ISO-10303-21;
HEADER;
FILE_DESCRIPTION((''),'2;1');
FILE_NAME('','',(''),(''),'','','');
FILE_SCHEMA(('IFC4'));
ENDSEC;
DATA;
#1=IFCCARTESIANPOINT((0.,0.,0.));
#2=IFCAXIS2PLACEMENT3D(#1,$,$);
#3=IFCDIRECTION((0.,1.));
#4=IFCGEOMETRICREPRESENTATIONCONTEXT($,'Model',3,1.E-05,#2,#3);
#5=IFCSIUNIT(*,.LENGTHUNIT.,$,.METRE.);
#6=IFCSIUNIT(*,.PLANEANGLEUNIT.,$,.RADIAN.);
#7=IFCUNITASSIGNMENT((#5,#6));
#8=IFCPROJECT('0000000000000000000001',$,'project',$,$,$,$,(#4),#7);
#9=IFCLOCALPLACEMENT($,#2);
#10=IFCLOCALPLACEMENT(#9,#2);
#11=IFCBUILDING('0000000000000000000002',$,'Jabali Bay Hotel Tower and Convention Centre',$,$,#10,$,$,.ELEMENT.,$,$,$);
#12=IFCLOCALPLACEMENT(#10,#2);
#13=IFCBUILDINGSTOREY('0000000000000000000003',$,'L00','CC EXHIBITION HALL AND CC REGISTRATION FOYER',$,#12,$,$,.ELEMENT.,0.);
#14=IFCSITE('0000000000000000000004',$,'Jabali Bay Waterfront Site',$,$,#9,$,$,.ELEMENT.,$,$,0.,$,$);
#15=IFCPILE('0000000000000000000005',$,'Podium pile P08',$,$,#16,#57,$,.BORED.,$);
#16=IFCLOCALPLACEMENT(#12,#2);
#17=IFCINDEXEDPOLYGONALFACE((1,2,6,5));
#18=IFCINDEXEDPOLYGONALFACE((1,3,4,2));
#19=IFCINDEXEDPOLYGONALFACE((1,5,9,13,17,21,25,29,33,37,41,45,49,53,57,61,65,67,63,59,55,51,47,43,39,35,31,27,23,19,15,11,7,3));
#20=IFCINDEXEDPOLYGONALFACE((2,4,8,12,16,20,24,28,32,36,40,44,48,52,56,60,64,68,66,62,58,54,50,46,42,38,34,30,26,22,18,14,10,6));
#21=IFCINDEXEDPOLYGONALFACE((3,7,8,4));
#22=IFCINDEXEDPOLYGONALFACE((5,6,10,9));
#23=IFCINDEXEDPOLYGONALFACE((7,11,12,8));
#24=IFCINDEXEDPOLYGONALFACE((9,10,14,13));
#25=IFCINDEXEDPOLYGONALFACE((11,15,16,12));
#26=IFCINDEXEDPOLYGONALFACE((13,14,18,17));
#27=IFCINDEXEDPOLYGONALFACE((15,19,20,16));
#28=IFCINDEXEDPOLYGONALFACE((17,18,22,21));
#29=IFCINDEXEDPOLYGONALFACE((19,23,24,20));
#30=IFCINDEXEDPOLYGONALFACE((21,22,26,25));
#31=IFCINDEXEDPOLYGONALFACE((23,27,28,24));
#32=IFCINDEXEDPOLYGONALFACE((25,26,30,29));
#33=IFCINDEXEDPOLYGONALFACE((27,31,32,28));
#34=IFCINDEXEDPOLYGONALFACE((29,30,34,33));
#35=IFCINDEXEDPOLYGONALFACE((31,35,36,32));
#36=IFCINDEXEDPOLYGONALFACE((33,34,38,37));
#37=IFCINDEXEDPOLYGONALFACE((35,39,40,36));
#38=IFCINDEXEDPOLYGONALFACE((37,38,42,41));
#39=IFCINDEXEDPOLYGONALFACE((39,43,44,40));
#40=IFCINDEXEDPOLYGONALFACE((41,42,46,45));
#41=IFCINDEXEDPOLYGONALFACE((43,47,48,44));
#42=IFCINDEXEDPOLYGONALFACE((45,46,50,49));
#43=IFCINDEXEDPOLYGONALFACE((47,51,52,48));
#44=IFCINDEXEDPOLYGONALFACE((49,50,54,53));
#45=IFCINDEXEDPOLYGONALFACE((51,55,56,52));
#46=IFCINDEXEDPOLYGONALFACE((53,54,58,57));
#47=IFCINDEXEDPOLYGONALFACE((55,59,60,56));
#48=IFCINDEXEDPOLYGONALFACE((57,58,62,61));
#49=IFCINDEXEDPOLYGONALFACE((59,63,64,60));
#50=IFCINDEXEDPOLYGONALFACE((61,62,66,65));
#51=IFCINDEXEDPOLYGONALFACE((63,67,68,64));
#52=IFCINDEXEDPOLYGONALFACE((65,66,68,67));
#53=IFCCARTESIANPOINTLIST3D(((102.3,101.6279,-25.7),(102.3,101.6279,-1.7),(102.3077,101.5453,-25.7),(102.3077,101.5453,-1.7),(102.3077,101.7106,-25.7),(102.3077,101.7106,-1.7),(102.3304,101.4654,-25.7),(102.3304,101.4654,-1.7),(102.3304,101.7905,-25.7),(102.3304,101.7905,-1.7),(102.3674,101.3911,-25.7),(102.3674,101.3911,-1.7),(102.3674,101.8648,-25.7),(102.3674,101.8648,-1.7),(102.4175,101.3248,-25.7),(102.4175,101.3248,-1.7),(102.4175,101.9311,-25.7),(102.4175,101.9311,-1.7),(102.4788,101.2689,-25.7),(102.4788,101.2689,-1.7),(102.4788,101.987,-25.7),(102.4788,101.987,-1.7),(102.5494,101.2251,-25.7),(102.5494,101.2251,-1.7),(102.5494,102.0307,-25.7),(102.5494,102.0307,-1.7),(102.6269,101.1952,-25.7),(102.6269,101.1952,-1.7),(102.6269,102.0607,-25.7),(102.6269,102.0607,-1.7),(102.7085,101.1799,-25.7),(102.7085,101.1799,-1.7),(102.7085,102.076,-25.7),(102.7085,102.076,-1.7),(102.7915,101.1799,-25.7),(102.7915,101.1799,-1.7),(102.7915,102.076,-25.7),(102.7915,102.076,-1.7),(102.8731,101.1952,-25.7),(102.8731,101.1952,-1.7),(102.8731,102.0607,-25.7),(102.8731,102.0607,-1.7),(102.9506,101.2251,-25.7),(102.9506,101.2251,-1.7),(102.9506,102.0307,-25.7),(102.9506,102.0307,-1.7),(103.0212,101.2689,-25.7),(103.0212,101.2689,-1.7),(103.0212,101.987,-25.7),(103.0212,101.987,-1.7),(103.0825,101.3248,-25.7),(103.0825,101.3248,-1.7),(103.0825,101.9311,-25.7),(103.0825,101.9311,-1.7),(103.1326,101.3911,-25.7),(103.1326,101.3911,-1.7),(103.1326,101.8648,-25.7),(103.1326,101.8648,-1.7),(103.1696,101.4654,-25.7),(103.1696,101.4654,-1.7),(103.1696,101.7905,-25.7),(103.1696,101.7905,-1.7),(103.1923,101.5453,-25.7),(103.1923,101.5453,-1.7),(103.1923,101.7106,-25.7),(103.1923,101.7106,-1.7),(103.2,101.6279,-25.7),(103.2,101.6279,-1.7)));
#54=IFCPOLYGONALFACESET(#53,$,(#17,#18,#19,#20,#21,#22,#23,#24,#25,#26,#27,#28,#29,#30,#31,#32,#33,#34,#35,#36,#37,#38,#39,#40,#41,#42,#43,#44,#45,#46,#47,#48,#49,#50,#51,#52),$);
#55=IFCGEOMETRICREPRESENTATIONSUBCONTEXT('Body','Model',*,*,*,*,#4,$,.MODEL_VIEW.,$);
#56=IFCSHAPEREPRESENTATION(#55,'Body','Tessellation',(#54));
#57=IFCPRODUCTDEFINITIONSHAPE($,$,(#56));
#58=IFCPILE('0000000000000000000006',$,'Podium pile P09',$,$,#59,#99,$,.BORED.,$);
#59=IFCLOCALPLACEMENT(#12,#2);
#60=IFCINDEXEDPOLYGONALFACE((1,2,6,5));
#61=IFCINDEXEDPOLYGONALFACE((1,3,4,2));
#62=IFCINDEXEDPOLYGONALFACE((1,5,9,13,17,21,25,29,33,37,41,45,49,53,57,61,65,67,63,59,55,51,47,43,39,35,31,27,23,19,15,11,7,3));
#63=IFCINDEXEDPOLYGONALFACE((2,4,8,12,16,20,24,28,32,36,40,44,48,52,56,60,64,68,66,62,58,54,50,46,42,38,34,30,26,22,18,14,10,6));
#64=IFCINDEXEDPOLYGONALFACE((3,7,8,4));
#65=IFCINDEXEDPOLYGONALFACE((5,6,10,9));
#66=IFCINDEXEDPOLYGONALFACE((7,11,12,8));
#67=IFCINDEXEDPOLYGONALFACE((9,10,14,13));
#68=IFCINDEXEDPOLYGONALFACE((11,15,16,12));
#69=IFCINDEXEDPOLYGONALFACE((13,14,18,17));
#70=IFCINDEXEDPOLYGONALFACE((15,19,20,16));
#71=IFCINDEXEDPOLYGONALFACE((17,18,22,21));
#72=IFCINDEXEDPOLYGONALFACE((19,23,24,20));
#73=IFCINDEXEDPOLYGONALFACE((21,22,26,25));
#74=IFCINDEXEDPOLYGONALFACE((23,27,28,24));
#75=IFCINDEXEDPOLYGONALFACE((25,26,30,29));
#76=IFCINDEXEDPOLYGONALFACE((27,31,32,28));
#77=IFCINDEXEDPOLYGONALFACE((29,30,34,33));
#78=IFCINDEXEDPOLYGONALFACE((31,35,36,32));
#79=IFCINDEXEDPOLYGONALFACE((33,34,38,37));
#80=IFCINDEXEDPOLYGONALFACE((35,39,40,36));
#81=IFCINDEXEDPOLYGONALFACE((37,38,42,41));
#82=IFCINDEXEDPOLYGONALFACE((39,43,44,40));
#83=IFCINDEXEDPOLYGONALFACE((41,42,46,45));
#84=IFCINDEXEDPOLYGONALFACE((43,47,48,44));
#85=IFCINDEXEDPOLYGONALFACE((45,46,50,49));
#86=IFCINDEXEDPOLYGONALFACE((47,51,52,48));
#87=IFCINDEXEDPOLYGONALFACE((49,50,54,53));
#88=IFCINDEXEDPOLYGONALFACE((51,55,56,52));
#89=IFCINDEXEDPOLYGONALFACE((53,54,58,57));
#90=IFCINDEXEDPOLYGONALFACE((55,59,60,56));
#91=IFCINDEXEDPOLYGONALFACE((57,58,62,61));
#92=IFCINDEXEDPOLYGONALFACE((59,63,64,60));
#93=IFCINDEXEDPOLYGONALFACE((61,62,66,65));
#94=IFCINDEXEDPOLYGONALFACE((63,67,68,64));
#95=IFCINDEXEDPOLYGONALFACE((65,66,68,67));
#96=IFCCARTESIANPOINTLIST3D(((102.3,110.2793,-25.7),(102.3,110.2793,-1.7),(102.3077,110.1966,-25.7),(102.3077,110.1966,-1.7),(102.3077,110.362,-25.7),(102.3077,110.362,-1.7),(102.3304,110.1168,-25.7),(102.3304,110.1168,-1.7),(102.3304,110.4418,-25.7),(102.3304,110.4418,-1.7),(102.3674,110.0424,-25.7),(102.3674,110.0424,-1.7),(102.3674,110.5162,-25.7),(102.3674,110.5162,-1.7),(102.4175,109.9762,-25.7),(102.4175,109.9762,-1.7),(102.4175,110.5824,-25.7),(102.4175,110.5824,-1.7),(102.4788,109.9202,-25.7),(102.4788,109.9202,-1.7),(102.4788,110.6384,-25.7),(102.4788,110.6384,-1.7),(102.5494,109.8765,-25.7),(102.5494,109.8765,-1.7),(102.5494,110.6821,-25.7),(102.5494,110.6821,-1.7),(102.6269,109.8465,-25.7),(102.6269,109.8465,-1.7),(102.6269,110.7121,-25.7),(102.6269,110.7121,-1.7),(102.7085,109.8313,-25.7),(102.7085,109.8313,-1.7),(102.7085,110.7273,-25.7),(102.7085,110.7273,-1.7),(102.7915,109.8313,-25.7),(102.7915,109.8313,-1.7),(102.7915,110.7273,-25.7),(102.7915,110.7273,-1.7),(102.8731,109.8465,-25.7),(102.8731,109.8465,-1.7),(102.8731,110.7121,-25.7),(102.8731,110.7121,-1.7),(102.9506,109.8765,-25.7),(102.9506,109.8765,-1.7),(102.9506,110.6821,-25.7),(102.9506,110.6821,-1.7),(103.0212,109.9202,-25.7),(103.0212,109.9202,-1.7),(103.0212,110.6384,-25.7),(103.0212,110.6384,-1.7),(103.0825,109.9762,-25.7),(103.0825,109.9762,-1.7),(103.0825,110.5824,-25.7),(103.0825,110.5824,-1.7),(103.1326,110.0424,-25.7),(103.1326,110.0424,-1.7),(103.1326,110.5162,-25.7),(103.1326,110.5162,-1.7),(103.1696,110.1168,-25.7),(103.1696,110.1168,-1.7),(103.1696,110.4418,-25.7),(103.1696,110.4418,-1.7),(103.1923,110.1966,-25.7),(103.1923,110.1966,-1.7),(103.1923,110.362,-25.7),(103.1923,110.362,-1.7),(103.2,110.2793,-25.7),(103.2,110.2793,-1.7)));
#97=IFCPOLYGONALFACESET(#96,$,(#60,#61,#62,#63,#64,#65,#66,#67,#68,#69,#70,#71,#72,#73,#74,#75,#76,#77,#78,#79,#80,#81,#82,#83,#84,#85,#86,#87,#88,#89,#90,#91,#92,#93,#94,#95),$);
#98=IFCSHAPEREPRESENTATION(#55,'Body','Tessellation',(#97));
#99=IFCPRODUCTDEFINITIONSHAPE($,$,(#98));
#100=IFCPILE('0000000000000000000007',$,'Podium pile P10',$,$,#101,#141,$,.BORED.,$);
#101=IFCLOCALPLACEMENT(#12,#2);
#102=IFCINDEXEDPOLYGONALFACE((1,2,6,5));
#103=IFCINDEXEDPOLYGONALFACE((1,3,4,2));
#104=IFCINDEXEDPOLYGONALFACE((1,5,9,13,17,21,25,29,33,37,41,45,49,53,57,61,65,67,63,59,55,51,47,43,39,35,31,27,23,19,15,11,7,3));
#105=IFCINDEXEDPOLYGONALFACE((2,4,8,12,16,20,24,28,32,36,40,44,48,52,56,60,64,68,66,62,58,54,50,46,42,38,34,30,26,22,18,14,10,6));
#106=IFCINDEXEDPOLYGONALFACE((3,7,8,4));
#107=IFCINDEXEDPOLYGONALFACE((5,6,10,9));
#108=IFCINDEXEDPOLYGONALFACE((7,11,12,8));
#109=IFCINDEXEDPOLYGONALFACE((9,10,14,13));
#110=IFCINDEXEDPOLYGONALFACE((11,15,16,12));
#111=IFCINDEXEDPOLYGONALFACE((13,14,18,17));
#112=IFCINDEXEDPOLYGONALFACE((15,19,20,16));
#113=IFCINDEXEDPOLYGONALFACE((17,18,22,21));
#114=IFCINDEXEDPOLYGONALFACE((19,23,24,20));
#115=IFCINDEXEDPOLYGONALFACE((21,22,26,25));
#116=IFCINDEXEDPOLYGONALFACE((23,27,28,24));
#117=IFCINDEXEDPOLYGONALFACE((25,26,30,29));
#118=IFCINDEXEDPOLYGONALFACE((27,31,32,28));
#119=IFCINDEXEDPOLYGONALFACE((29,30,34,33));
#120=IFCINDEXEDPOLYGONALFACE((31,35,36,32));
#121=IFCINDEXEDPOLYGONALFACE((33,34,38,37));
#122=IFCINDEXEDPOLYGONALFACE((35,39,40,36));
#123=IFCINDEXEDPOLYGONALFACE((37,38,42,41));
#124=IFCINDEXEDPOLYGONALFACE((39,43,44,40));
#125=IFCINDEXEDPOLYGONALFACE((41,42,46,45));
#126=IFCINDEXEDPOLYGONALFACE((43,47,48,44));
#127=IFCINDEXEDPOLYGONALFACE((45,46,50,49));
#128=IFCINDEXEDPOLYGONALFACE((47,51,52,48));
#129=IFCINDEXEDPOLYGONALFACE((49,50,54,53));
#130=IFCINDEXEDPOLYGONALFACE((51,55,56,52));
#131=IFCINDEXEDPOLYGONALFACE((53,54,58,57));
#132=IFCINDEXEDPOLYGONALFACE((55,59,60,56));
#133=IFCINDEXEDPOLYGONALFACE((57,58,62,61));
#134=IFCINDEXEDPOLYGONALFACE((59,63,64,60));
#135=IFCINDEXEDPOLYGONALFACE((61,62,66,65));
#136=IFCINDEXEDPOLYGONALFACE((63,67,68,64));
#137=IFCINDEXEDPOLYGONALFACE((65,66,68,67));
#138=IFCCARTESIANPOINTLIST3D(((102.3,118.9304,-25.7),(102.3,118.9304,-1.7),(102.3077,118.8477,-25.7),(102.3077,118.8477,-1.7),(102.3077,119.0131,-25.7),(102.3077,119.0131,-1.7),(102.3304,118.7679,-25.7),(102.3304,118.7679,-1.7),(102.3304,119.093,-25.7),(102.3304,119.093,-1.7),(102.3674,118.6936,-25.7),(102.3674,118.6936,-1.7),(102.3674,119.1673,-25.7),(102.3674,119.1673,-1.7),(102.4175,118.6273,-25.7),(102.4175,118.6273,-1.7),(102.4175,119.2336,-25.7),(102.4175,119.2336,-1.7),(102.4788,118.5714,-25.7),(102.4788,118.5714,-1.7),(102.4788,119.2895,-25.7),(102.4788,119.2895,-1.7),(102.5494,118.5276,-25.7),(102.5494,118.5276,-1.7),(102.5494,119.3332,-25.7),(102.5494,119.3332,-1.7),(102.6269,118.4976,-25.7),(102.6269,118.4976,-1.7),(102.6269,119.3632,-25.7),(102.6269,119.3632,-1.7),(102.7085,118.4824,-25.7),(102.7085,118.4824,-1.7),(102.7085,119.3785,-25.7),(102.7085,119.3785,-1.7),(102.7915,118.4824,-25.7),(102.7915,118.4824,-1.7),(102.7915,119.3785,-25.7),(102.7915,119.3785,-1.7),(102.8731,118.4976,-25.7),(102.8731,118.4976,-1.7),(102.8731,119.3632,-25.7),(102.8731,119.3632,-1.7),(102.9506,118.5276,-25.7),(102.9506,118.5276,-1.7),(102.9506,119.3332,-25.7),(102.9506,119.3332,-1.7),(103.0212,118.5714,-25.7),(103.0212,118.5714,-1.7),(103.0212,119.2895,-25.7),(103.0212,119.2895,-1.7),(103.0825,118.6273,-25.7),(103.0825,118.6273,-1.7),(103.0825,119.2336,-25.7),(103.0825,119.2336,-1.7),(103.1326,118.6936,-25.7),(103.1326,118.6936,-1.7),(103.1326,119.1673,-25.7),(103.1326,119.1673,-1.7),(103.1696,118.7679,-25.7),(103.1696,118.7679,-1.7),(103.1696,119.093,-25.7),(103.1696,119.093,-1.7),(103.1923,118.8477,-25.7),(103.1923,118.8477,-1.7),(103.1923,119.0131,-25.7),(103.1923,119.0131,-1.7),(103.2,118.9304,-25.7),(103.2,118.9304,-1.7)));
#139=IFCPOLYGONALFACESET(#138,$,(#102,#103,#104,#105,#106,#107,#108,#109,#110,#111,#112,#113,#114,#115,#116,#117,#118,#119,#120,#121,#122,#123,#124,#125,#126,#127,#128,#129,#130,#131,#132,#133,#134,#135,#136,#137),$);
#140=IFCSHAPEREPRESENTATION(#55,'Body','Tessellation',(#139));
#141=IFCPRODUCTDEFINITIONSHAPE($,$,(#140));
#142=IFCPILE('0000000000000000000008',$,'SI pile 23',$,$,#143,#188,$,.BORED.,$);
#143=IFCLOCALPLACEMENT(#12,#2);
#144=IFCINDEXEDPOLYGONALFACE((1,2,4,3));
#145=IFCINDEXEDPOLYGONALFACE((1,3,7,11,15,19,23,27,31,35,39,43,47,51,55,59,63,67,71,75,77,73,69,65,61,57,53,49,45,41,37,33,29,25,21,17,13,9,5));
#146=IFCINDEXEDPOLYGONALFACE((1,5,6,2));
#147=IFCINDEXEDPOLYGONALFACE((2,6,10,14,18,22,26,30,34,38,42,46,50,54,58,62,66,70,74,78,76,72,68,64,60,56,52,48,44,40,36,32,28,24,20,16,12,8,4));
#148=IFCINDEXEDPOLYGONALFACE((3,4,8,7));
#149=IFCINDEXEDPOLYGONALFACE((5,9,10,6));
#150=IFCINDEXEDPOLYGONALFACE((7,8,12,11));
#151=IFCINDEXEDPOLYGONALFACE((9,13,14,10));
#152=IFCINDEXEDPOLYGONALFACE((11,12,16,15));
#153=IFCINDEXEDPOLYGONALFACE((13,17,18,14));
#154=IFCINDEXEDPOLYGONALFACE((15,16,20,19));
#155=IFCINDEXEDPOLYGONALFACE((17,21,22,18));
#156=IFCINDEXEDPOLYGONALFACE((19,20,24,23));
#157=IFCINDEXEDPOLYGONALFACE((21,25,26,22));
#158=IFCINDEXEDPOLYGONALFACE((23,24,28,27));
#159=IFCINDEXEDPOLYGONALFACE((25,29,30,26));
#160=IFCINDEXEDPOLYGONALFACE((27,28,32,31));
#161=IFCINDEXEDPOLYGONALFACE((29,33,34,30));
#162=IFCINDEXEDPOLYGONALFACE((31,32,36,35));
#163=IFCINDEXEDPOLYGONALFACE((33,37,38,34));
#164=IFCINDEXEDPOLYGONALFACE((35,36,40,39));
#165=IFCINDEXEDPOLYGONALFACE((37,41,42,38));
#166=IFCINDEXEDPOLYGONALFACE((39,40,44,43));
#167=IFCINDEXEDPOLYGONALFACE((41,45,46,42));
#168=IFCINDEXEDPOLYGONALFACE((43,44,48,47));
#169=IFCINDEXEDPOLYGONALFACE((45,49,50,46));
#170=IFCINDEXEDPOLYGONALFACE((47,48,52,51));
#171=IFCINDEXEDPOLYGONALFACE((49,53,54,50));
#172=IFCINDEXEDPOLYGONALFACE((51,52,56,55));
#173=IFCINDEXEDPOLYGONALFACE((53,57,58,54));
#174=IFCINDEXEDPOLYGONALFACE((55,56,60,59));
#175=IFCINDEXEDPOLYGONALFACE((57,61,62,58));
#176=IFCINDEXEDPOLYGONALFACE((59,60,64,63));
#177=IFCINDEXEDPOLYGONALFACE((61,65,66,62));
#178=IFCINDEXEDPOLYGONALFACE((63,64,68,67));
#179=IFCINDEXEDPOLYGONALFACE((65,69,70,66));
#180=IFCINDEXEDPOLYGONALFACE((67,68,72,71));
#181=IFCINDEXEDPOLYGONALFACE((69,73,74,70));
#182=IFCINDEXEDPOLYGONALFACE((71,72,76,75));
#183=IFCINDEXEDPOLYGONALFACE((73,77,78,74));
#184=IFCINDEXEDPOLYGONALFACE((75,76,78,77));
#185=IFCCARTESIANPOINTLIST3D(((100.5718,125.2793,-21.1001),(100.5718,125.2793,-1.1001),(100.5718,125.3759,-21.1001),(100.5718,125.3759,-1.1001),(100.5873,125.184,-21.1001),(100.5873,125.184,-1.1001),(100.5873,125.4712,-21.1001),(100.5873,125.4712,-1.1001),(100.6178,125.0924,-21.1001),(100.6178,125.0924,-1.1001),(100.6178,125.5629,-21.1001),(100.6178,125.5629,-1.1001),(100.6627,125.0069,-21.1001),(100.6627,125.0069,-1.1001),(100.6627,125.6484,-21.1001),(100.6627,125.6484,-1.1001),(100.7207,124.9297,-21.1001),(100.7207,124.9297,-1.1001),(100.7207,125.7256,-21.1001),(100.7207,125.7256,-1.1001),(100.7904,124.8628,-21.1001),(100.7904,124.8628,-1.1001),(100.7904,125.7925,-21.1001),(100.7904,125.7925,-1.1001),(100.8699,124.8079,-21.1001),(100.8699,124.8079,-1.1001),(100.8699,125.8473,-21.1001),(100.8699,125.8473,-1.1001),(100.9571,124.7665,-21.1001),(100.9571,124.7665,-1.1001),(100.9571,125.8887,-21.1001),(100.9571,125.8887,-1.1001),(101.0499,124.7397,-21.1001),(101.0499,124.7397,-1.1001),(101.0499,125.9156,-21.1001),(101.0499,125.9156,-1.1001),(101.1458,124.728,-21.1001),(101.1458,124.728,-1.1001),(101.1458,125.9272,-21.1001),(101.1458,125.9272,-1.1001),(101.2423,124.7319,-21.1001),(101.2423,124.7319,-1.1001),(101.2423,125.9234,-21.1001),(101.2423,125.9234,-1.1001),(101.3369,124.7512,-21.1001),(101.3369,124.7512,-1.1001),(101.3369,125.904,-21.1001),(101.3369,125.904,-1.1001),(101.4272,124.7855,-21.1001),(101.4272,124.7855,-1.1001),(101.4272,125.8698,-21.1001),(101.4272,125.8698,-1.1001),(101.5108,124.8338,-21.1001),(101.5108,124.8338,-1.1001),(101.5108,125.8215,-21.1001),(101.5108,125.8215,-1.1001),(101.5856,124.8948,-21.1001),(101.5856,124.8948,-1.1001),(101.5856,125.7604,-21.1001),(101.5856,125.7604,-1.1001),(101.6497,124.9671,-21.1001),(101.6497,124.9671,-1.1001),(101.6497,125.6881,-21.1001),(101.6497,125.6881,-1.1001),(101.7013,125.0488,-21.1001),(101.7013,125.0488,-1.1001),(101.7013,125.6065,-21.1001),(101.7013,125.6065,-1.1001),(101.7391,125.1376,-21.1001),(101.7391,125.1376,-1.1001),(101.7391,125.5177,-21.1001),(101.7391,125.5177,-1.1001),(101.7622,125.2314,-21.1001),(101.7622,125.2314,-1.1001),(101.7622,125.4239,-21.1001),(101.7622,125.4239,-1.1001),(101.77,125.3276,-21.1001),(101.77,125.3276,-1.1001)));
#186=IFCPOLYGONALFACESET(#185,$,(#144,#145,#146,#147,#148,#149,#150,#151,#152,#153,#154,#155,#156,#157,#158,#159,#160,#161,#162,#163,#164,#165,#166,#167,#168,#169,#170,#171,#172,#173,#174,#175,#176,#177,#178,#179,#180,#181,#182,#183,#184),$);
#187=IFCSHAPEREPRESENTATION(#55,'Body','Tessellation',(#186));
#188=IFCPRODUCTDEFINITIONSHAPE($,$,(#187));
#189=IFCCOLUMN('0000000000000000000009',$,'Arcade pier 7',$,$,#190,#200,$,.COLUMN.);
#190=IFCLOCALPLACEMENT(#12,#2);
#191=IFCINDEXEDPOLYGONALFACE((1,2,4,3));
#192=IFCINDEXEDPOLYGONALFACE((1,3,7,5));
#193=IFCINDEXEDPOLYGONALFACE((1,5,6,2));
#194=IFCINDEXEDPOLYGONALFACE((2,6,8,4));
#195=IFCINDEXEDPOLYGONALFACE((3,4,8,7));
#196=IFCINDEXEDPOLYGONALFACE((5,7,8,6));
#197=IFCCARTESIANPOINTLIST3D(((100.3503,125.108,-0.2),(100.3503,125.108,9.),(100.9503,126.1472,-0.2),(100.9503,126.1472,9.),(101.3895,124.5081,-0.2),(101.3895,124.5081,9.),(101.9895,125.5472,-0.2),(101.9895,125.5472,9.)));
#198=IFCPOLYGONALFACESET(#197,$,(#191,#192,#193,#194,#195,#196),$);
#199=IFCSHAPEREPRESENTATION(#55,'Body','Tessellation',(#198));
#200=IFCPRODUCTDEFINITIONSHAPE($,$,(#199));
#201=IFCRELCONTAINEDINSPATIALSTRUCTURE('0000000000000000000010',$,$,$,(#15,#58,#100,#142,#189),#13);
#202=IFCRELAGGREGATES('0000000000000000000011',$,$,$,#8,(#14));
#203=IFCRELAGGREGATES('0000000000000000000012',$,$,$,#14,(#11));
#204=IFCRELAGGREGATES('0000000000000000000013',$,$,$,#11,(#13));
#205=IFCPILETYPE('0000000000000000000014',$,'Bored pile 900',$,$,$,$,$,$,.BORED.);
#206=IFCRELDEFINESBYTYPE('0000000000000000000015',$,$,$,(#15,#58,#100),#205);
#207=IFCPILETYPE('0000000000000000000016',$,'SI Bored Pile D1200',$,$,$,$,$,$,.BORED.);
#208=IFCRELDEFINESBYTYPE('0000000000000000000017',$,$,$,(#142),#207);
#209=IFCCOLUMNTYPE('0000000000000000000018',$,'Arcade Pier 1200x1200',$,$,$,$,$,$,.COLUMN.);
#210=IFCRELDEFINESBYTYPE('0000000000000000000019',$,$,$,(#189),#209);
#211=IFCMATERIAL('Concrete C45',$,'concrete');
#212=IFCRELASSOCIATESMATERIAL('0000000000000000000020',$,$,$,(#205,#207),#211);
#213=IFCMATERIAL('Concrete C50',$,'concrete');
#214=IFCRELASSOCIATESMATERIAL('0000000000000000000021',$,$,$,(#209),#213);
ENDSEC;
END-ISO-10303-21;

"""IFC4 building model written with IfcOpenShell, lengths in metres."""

from ifc_helpers import new_model, si_unit, direction, frame, origin, origin_2d, place, context, subcontext, project, spatial, rectangle, circle, extrude, material, material_profile, profile_set, type_object, element, save


model = new_model("IFC4")

# Units and contexts
model_context = context("Model", 3, precision=1e-05, world=origin(), true_north=direction((0.0, 1.0)))
body_context = subcontext(model_context, "Body", "Model", "MODEL_VIEW")
ifc_project = project(units=[si_unit("LENGTHUNIT", "METRE"), si_unit("PLANEANGLEUNIT", "RADIAN")], contexts=[model_context])

# Site, building, storey
site_placement = place(None, origin())
site = spatial("IfcSite", under=ifc_project, at=site_placement, Name="Jabali Bay Waterfront Site", CompositionType="ELEMENT", RefElevation=0.0)
building_placement = place(site_placement, origin())
building = spatial("IfcBuilding", under=site, at=building_placement, Name="Jabali Bay Hotel Tower and Convention Centre", CompositionType="ELEMENT")
storey_placement = place(building_placement, origin())
storey = spatial("IfcBuildingStorey", under=building, at=storey_placement, Name="L00", Description="CC EXHIBITION HALL AND CC REGISTRATION FOYER", CompositionType="ELEMENT", Elevation=0.0)

# Piles
ifc_material_1 = material(Name="Concrete C45", Category="concrete")
ifc_material_profile_1 = material_profile(ifc_material_1, circle(Radius=0.45, at=origin_2d()), Name="Bored pile 900")
ifc_profile_set_1 = profile_set([ifc_material_profile_1], Name="Concrete C45")
pile_type_1 = type_object("IfcPileType", Name="Bored pile 900", PredefinedType="BORED", material=ifc_profile_set_1)
for number, where, z_axis, x_axis, name in (
    (1, (102.75, 101.6279, -1.7), (0.0, 0.0, -1.0), (1.0, 0.0, 0.0), "Podium pile P08"),
    (2, (102.75, 110.2793, -1.7), (0.0, 0.0, -1.0), (1.0, 0.0, 0.0), "Podium pile P09"),
    (3, (102.75, 118.9304, -1.7), (0.0, 0.0, -1.0), (1.0, 0.0, 0.0), "Podium pile P10"),
):
    element("IfcPile", number, at=place(storey_placement, frame(where, z_axis=z_axis, x_axis=x_axis)), inside=storey, type_object=pile_type_1, Name=name, PredefinedType="BORED", context=body_context, shape_type="SweptSolid", body=[
        extrude(circle(Radius=0.45, at=origin_2d()), origin(), (0.0, 0.0, 1.0), 24.0),
    ])
ifc_material_profile_2 = material_profile(ifc_material_1, circle(Radius=0.6001, at=origin_2d()), Name="D1200")
ifc_profile_set_2 = profile_set([ifc_material_profile_2], Name="Concrete C45")
pile_type_2 = type_object("IfcPileType", Name="SI Bored Pile D1200", PredefinedType="BORED", material=ifc_profile_set_2)
pile_placement = place(storey_placement, frame((101.1699, 125.3276, -1.1001), z_axis=(0.0, 0.0, -1.0), x_axis=(1.0, 0.0, 0.0)))
element("IfcPile", 4, at=pile_placement, inside=storey, type_object=pile_type_2, Name="SI pile 23", PredefinedType="BORED", context=body_context, shape_type="SweptSolid", body=[
    extrude(circle(Radius=0.6001, at=origin_2d()), origin(), (0.0, 0.0, 1.0), 20.0),
])

# Column
ifc_material_2 = material(Name="Concrete C50", Category="concrete")
ifc_material_profile_3 = material_profile(ifc_material_2, rectangle(XDim=1.2, YDim=1.2, at=origin_2d()), Name="RC 1200x1200")
ifc_profile_set_3 = profile_set([ifc_material_profile_3], Name="Concrete C50")
column_type_1 = type_object("IfcColumnType", Name="Arcade Pier 1200x1200", PredefinedType="COLUMN", material=ifc_profile_set_3)
column_1_placement = place(storey_placement, frame((101.1699, 125.3276, -0.2), z_axis=(0.0, 0.0, 1.0), x_axis=(-0.866025, 0.5, 0.0)))
element("IfcColumn", 5, at=column_1_placement, inside=storey, type_object=column_type_1, Name="Arcade pier 7", PredefinedType="COLUMN", context=body_context, shape_type="SweptSolid", body=[
    extrude(rectangle(XDim=1.2, YDim=1.2, at=origin_2d()), origin(), (0.0, 0.0, 1.0), 9.2),
])

save(model, "model.ifc")
